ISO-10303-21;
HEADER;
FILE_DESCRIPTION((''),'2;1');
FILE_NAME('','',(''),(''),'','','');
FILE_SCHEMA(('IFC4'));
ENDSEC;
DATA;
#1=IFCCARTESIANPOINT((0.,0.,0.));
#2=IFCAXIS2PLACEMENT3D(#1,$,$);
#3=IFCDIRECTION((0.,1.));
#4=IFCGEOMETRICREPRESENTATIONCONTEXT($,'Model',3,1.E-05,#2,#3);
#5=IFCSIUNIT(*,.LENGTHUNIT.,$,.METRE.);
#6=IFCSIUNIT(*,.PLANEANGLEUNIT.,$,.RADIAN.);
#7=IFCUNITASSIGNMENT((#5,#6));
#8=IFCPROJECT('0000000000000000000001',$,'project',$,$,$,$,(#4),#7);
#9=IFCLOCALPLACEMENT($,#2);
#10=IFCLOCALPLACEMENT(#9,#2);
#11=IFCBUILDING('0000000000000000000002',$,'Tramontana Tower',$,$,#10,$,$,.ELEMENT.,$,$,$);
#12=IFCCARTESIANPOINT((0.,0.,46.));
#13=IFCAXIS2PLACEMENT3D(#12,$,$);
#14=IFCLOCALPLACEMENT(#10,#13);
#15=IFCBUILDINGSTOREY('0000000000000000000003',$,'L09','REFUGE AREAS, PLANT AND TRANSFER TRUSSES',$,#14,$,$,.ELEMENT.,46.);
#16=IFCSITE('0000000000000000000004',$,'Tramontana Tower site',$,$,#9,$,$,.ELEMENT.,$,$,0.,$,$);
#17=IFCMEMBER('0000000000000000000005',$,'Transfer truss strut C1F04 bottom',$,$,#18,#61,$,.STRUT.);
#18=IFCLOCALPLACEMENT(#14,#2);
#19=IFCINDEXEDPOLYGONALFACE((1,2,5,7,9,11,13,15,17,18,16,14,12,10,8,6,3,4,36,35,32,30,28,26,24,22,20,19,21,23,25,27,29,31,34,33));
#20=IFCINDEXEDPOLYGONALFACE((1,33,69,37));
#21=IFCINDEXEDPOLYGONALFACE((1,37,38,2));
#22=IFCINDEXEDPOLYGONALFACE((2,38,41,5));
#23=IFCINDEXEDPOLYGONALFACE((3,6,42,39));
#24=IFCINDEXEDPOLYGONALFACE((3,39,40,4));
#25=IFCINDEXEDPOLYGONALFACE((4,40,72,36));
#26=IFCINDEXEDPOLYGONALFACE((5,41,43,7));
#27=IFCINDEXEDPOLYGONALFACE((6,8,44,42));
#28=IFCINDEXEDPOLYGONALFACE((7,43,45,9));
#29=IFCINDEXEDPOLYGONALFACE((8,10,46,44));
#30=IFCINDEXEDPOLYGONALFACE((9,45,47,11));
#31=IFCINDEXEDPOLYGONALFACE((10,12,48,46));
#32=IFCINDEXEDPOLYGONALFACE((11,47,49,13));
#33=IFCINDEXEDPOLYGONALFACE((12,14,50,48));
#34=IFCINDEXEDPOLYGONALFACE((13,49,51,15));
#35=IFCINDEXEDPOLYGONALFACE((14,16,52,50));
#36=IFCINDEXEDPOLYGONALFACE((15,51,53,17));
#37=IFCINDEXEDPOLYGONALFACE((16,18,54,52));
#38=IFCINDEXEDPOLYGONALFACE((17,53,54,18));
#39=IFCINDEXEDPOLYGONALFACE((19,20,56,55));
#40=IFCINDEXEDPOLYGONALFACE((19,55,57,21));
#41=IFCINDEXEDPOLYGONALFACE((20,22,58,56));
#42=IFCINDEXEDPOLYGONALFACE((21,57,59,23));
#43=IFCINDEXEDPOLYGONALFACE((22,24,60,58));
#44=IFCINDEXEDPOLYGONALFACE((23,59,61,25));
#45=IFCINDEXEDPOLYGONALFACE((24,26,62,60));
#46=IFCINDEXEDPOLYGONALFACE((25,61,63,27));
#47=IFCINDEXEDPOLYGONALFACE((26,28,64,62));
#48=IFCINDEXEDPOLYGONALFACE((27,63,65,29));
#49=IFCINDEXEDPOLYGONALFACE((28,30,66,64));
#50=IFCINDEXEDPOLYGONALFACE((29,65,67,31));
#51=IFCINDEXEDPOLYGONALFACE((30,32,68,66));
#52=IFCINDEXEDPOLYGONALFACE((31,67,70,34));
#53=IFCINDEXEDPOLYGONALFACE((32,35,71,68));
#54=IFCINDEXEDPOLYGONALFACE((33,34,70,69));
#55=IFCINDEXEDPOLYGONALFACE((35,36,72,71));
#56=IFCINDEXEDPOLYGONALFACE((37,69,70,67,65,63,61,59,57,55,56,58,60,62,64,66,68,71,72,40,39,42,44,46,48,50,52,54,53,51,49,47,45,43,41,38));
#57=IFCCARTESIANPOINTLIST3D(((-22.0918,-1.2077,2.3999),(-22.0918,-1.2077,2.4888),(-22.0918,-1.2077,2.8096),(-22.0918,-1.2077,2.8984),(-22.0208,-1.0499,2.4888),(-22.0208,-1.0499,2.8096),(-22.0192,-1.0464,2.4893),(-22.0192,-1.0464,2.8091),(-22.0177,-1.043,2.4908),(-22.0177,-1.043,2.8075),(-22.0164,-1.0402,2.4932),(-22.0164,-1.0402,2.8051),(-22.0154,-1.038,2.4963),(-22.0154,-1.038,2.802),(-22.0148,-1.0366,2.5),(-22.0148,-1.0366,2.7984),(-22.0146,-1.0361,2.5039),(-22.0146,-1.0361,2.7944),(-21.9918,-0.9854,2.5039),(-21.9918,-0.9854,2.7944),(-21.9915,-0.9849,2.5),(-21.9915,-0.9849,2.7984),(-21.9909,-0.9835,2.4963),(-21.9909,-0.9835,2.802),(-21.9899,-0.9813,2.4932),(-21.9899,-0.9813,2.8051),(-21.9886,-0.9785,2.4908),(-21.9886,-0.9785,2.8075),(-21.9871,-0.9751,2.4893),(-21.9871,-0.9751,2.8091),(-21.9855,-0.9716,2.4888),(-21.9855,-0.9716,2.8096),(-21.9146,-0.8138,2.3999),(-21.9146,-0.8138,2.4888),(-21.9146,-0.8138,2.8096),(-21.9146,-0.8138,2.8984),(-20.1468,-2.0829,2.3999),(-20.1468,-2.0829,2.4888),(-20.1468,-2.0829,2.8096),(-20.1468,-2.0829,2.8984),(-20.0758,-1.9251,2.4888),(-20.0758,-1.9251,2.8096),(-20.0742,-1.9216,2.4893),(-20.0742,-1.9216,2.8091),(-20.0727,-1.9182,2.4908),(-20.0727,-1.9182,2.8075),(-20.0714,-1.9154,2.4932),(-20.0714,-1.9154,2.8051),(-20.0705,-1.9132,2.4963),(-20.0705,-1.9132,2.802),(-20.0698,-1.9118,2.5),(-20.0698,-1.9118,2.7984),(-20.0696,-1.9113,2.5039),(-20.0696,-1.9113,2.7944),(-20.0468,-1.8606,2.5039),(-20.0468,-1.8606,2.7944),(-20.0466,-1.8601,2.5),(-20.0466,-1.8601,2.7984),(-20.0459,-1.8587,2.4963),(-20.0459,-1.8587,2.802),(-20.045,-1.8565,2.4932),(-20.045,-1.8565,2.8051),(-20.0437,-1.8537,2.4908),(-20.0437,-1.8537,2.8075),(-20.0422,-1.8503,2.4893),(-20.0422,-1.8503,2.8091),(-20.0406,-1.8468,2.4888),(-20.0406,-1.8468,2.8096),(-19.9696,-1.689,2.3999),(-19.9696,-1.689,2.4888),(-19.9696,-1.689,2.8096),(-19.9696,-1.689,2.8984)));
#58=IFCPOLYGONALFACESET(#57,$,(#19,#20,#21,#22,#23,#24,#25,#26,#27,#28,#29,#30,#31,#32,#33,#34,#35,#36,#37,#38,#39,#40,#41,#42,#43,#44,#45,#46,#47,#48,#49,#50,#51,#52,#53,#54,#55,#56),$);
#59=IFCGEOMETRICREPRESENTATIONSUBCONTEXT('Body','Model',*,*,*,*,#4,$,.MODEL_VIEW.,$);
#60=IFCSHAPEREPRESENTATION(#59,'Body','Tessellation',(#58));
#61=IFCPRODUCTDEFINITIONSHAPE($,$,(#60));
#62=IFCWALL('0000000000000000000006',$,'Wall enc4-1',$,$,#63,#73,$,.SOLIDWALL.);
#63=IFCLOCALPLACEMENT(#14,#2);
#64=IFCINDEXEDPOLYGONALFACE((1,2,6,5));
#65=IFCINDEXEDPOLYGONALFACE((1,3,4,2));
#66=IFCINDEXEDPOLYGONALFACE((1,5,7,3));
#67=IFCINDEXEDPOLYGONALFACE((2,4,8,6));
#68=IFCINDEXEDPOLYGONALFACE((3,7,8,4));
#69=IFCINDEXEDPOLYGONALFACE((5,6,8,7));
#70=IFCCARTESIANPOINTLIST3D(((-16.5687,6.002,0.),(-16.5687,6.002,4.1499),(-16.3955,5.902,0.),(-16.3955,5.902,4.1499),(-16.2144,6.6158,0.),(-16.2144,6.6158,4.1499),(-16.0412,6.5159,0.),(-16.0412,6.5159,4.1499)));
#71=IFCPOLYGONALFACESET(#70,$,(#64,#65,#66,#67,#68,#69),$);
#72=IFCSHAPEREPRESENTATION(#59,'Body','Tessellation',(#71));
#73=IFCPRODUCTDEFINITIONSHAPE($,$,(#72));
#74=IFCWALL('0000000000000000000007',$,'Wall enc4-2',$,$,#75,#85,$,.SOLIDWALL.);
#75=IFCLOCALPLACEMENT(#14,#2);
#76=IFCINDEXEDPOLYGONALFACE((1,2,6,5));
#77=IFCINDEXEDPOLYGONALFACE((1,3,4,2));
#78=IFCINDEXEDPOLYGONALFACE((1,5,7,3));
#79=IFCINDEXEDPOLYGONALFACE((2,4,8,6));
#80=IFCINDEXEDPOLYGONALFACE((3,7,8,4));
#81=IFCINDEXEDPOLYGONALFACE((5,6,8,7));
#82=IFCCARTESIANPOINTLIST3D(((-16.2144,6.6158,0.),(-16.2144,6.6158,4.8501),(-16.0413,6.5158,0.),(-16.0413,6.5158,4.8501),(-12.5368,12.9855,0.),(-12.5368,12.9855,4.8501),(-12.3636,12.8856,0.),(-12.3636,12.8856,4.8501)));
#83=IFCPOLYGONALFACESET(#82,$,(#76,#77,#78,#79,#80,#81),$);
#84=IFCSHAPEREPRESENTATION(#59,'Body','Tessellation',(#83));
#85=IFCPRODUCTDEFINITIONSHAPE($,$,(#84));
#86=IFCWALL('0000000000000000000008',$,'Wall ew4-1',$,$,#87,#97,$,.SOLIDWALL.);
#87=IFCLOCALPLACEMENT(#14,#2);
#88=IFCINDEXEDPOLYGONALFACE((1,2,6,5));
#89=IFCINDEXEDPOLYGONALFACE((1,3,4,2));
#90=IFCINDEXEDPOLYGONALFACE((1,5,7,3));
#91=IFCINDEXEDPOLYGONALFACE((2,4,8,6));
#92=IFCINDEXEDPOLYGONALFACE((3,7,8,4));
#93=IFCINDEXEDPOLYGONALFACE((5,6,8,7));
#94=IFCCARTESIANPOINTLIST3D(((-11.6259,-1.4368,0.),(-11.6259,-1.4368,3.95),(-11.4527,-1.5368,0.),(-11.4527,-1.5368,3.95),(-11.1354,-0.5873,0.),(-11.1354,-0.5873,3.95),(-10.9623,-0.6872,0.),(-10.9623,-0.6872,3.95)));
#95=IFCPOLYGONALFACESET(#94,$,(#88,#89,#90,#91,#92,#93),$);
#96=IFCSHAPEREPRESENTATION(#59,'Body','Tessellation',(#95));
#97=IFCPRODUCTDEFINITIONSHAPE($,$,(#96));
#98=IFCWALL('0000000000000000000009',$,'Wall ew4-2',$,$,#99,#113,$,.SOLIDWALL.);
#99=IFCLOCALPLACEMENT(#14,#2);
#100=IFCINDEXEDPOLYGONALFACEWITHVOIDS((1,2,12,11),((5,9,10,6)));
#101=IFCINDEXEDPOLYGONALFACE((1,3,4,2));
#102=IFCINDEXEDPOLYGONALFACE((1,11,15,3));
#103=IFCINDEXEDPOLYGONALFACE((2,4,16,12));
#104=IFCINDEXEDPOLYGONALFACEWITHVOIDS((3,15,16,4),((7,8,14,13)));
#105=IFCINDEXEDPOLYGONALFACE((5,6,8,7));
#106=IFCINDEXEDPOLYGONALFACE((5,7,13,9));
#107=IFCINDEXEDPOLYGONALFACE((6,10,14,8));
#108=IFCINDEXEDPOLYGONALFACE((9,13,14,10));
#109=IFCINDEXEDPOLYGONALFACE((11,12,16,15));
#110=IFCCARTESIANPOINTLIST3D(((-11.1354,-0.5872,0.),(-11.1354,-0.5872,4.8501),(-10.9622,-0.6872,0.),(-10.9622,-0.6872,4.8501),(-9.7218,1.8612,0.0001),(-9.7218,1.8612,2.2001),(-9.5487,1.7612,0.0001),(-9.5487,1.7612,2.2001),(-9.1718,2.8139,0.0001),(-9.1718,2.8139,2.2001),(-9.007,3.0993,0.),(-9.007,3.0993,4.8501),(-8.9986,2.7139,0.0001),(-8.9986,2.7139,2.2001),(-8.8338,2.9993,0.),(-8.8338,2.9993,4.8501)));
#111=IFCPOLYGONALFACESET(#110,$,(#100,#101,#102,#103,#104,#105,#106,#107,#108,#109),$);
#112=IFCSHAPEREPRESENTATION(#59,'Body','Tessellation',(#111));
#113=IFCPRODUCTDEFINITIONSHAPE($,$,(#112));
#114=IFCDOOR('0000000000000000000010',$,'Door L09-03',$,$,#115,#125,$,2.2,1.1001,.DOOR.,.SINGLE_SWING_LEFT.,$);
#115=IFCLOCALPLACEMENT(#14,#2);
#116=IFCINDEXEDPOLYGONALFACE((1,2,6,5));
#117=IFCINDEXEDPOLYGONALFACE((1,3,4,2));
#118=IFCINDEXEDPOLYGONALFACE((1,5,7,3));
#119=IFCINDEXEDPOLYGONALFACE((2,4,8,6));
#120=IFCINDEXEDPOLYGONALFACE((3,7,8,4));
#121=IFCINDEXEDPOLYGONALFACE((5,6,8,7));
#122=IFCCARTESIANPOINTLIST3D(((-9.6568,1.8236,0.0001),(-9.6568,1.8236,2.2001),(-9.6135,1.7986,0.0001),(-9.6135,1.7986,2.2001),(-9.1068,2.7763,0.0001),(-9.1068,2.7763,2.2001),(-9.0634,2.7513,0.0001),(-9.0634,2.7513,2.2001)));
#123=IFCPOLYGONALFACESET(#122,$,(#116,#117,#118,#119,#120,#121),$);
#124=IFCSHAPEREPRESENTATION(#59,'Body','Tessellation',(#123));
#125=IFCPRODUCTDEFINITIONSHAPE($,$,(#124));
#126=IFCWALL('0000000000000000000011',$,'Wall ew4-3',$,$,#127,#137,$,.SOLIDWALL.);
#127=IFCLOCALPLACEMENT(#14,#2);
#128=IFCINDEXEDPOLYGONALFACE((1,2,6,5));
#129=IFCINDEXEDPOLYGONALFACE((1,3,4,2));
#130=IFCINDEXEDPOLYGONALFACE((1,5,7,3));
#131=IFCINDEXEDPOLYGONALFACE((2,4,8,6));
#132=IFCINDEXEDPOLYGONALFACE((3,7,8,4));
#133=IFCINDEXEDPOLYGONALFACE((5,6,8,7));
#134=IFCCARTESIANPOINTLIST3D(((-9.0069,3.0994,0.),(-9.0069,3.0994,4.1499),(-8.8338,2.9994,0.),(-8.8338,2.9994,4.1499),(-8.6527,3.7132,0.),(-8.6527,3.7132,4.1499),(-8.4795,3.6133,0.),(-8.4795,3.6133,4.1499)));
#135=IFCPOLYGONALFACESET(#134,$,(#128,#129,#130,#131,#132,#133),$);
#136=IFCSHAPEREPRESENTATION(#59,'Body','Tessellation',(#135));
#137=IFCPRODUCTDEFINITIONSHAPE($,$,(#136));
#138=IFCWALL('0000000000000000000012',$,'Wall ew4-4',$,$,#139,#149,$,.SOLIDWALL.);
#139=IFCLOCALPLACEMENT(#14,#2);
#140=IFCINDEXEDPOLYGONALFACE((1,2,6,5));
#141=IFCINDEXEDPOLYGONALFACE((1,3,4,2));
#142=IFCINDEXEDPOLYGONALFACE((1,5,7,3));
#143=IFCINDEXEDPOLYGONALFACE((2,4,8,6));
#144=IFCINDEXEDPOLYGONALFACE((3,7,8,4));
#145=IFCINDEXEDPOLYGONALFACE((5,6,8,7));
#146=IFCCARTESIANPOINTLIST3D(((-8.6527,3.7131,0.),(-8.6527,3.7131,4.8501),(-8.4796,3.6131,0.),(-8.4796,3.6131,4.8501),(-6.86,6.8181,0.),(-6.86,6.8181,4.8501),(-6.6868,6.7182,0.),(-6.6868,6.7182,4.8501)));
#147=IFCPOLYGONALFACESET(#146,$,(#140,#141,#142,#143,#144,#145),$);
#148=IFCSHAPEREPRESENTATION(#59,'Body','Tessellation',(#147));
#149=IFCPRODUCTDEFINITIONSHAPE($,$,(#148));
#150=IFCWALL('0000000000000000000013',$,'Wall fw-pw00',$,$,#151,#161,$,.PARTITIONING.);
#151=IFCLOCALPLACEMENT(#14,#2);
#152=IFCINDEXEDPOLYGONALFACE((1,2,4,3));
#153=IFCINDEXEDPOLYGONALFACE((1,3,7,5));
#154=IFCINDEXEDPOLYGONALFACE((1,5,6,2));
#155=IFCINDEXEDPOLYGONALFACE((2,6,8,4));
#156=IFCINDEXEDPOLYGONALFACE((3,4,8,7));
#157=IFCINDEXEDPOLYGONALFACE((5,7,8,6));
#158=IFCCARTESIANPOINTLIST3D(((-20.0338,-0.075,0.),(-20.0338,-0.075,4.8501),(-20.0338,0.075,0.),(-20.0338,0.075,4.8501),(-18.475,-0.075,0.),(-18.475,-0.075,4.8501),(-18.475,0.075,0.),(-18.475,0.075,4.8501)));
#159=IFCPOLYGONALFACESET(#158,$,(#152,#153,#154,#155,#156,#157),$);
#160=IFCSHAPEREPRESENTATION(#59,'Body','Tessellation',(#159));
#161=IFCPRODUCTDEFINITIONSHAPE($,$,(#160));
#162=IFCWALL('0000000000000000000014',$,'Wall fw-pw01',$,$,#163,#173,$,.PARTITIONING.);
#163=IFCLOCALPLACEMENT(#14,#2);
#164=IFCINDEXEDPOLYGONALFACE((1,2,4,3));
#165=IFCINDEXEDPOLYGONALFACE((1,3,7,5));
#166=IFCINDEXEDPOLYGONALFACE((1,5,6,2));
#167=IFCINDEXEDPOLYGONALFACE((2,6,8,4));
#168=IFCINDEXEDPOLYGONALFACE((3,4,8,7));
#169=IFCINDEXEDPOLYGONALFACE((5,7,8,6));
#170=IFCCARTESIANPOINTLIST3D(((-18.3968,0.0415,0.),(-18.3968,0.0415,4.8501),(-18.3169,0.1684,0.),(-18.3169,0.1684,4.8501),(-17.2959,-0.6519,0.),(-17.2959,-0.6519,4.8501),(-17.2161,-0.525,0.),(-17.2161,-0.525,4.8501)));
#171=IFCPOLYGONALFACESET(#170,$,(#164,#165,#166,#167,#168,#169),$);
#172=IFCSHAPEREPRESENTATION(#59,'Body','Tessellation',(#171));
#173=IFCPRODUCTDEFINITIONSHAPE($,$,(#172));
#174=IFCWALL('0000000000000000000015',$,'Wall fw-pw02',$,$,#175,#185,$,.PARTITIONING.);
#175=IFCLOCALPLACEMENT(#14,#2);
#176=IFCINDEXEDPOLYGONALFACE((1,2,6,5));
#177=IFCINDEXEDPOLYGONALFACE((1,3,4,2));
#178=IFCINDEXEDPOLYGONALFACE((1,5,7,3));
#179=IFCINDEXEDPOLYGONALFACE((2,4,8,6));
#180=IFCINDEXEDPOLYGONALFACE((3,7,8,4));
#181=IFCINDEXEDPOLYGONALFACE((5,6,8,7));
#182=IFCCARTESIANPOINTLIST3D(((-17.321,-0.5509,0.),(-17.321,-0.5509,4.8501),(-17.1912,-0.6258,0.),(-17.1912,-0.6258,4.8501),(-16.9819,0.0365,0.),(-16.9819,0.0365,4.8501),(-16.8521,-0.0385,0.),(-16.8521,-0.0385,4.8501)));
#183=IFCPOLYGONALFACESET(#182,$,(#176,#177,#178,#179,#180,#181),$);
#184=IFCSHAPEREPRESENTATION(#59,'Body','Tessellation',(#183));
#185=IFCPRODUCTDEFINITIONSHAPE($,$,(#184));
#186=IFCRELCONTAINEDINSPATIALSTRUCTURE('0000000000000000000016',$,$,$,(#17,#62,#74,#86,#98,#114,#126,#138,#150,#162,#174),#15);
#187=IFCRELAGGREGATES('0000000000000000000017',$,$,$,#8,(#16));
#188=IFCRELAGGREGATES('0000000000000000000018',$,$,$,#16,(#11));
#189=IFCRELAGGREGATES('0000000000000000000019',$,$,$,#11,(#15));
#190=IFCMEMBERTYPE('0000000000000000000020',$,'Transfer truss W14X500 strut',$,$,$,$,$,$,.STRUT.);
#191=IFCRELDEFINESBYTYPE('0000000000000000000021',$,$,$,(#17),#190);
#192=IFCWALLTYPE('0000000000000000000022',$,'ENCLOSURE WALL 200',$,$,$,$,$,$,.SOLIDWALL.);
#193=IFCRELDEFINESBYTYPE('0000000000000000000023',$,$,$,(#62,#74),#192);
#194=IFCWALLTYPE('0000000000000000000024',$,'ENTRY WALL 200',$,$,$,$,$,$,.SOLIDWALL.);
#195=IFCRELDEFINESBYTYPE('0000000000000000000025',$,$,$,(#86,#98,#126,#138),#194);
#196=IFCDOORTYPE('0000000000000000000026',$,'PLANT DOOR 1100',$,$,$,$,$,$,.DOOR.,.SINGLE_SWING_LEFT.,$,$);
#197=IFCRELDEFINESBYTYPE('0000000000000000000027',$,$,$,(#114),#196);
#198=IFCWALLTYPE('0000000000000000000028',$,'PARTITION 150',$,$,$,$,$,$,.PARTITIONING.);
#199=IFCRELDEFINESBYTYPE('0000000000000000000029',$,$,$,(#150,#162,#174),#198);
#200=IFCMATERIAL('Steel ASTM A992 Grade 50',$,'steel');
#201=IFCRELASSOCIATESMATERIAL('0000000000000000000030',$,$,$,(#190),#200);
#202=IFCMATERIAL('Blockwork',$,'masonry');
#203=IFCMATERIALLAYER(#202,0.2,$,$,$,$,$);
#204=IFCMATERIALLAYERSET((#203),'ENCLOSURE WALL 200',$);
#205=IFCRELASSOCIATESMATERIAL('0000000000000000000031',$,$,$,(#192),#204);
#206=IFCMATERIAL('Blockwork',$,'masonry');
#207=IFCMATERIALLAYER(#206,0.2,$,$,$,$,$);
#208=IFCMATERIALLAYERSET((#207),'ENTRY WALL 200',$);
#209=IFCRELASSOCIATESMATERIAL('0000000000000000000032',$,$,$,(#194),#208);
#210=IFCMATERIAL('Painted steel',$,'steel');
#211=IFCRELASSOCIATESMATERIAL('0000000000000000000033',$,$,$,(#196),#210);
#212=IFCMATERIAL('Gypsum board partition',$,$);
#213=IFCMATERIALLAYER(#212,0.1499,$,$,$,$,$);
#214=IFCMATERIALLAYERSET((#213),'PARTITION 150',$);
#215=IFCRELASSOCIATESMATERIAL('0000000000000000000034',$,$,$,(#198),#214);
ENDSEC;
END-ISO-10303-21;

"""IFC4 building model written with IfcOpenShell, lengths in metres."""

from ifc_helpers import new_model, si_unit, direction, frame, frame_2d, origin, origin_2d, place, context, subcontext, project, spatial, rectangle, i_section, extrude, material, layer, layer_set, material_profile, profile_set, type_object, element, fill, save


model = new_model("IFC4")

# Units and contexts
model_context = context("Model", 3, precision=1e-05, world=origin(), true_north=direction((0.0, 1.0)))
body_context = subcontext(model_context, "Body", "Model", "MODEL_VIEW")
ifc_project = project(units=[si_unit("LENGTHUNIT", "METRE"), si_unit("PLANEANGLEUNIT", "RADIAN")], contexts=[model_context])

# Site, building, storey
site_placement = place(None, origin())
site = spatial("IfcSite", under=ifc_project, at=site_placement, Name="Tramontana Tower site", CompositionType="ELEMENT", RefElevation=0.0)
building_placement = place(site_placement, origin())
building = spatial("IfcBuilding", under=site, at=building_placement, Name="Tramontana Tower", CompositionType="ELEMENT")
storey_placement = place(building_placement, frame((0.0, 0.0, 46.0)))
storey = spatial("IfcBuildingStorey", under=building, at=storey_placement, Name="L09", Description="REFUGE AREAS, PLANT AND TRANSFER TRUSSES", CompositionType="ELEMENT", Elevation=46.0)

# Member
ifc_material_1 = material(Name="Steel ASTM A992 Grade 50", Category="steel")
ifc_material_profile_1 = material_profile(ifc_material_1, i_section(OverallWidth=0.4319, OverallDepth=0.4985, WebThickness=0.0557, FlangeThickness=0.0889, FilletRadius=0.0151, at=origin_2d()), Name="W14X500")
ifc_profile_set_1 = profile_set([ifc_material_profile_1], Name="Steel ASTM A992 Grade 50")
member_type_1 = type_object("IfcMemberType", Name="Transfer truss W14X500 strut", PredefinedType="STRUT", material=ifc_profile_set_1)
member_1_placement = place(storey_placement, frame((-22.0032, -1.0107, 2.6492), z_axis=(0.911928, -0.41035, 0.0), x_axis=(0.41035, 0.911928, 0.0)))
element("IfcMember", 1, at=member_1_placement, inside=storey, type_object=member_type_1, Name="Transfer truss strut C1F04 bottom", PredefinedType="STRUT", context=body_context, shape_type="SweptSolid", body=[
    extrude(i_section(OverallWidth=0.4319, OverallDepth=0.4985, WebThickness=0.0557, FlangeThickness=0.0889, FilletRadius=0.0151, at=origin_2d()), origin(), (0.0, 0.0, 1.0), 2.1328),
])

# Walls
ifc_material_2 = material(Name="Blockwork", Category="masonry")
ifc_layer_1 = layer(ifc_material_2, 0.2)
ifc_layer_set_1 = layer_set([ifc_layer_1], Name="ENCLOSURE WALL 200")
wall_type_1 = type_object("IfcWallType", Name="ENCLOSURE WALL 200", PredefinedType="SOLIDWALL", material=ifc_layer_set_1)
wall_1_placement = place(storey_placement, frame((-16.4822, 5.9519, 0.0), z_axis=(0.0, 0.0, 1.0), x_axis=(0.499882, 0.866094, 0.0)))
element("IfcWall", 2, at=wall_1_placement, inside=storey, type_object=wall_type_1, Name="Wall enc4-1", PredefinedType="SOLIDWALL", context=body_context, shape_type="SweptSolid", body=[
    extrude(rectangle(XDim=0.7087, YDim=0.2, at=frame_2d((0.3545, 0.0))), origin(), (0.0, 0.0, 1.0), 4.1499),
])
wall_2_placement = place(storey_placement, frame((-16.1279, 6.5657, 0.0), z_axis=(0.0, 0.0, 1.0), x_axis=(0.500009, 0.86602, 0.0)))
element("IfcWall", 3, at=wall_2_placement, inside=storey, type_object=wall_type_1, Name="Wall enc4-2", PredefinedType="SOLIDWALL", context=body_context, shape_type="SweptSolid", body=[
    extrude(rectangle(XDim=7.3552, YDim=0.2, at=frame_2d((3.6777, 0.0))), origin(), (0.0, 0.0, 1.0), 4.8501),
])
ifc_material_3 = material(Name="Blockwork", Category="masonry")
ifc_layer_2 = layer(ifc_material_3, 0.2)
ifc_layer_set_2 = layer_set([ifc_layer_2], Name="ENTRY WALL 200")
wall_type_2 = type_object("IfcWallType", Name="ENTRY WALL 200", PredefinedType="SOLIDWALL", material=ifc_layer_set_2)
wall_3_placement = place(storey_placement, frame((-11.5393, -1.4868, 0.0), z_axis=(0.0, 0.0, 1.0), x_axis=(0.499967, 0.866045, 0.0)))
element("IfcWall", 4, at=wall_3_placement, inside=storey, type_object=wall_type_2, Name="Wall ew4-1", PredefinedType="SOLIDWALL", context=body_context, shape_type="SweptSolid", body=[
    extrude(rectangle(XDim=0.981, YDim=0.2, at=frame_2d((0.4905, 0.0))), origin(), (0.0, 0.0, 1.0), 3.95),
])

# Wall, opening, door
wall_4_placement = place(storey_placement, frame((-11.0488, -0.6372, 0.0), z_axis=(0.0, 0.0, 1.0), x_axis=(0.5, 0.866025, 0.0)))
wall_4 = element("IfcWall", 5, at=wall_4_placement, inside=storey, type_object=wall_type_2, Name="Wall ew4-2", PredefinedType="SOLIDWALL", context=body_context, shape_type="SweptSolid", body=[
    extrude(rectangle(XDim=4.2568, YDim=0.2, at=frame_2d((2.1284, 0.0))), origin(), (0.0, 0.0, 1.0), 4.8501),
])
opening_placement = place(wall_4_placement, frame((2.8271, 0.0, 0.0)))
opening = element("IfcOpeningElement", 6, at=opening_placement, cuts=wall_4, PredefinedType="OPENING", context=body_context, shape_type="SweptSolid", body=[
    extrude(rectangle(XDim=1.1001, YDim=2.2, at=frame_2d((0.55, 1.1001))), frame((0.0, 0.1099, 0.0), z_axis=(0.0, -1.0, 0.0), x_axis=(1.0, 0.0, 0.0)), (0.0, 0.0, 1.0), 0.22),
])
ifc_material_4 = material(Name="Painted steel", Category="steel")
door_type = type_object("IfcDoorType", Name="PLANT DOOR 1100", OperationType="SINGLE_SWING_LEFT", PredefinedType="DOOR", material=ifc_material_4)
door_placement = place(opening_placement, origin())
door = element("IfcDoor", 7, at=door_placement, inside=storey, type_object=door_type, Name="Door L09-03", OperationType="SINGLE_SWING_LEFT", OverallHeight=2.2, OverallWidth=1.1001, PredefinedType="DOOR", context=body_context, shape_type="SweptSolid", body=[
    extrude(rectangle(XDim=1.1001, YDim=2.2, at=frame_2d((0.55, 1.1001))), frame((0.0, 0.0249, 0.0), z_axis=(0.0, -1.0, 0.0), x_axis=(1.0, 0.0, 0.0)), (0.0, 0.0, 1.0), 0.05),
])
fill(opening, door)

# Walls
wall_5_placement = place(storey_placement, frame((-8.9204, 3.0493, 0.0), z_axis=(0.0, 0.0, 1.0), x_axis=(0.499882, 0.866094, 0.0)))
element("IfcWall", 8, at=wall_5_placement, inside=storey, type_object=wall_type_2, Name="Wall ew4-3", PredefinedType="SOLIDWALL", context=body_context, shape_type="SweptSolid", body=[
    extrude(rectangle(XDim=0.7087, YDim=0.2, at=frame_2d((0.3545, 0.0))), origin(), (0.0, 0.0, 1.0), 4.1499),
])
wall_6_placement = place(storey_placement, frame((-8.5662, 3.6631, 0.0), z_axis=(0.0, 0.0, 1.0), x_axis=(0.500013, 0.866018, 0.0)))
element("IfcWall", 9, at=wall_6_placement, inside=storey, type_object=wall_type_2, Name="Wall ew4-4", PredefinedType="SOLIDWALL", context=body_context, shape_type="SweptSolid", body=[
    extrude(rectangle(XDim=3.5854, YDim=0.2, at=frame_2d((1.7927, 0.0))), origin(), (0.0, 0.0, 1.0), 4.8501),
])
ifc_material_5 = material(Name="Gypsum board partition")
ifc_layer_3 = layer(ifc_material_5, 0.1499)
ifc_layer_set_3 = layer_set([ifc_layer_3], Name="PARTITION 150")
wall_type_3 = type_object("IfcWallType", Name="PARTITION 150", PredefinedType="PARTITIONING", material=ifc_layer_set_3)
wall_7_placement = place(storey_placement, frame((-18.4751, 0.0, 0.0), z_axis=(0.0, 0.0, 1.0), x_axis=(-1.0, 0.0, 0.0)))
element("IfcWall", 10, at=wall_7_placement, inside=storey, type_object=wall_type_3, Name="Wall fw-pw00", PredefinedType="PARTITIONING", context=body_context, shape_type="SweptSolid", body=[
    extrude(rectangle(XDim=1.5588, YDim=0.1499, at=frame_2d((0.7793, 0.0))), origin(), (0.0, 0.0, 1.0), 4.8501),
])
wall_8_placement = place(storey_placement, frame((-17.2561, -0.5884, 0.0), z_axis=(0.0, 0.0, 1.0), x_axis=(-0.846148, 0.532948, 0.0)))
element("IfcWall", 11, at=wall_8_placement, inside=storey, type_object=wall_type_3, Name="Wall fw-pw01", PredefinedType="PARTITIONING", context=body_context, shape_type="SweptSolid", body=[
    extrude(rectangle(XDim=1.301, YDim=0.1499, at=frame_2d((0.6504, 0.0))), origin(), (0.0, 0.0, 1.0), 4.8501),
])
wall_9_placement = place(storey_placement, frame((-16.917, -0.001, 0.0), z_axis=(0.0, 0.0, 1.0), x_axis=(-0.499972, -0.866042, 0.0)))
element("IfcWall", 12, at=wall_9_placement, inside=storey, type_object=wall_type_3, Name="Wall fw-pw02", PredefinedType="PARTITIONING", context=body_context, shape_type="SweptSolid", body=[
    extrude(rectangle(XDim=0.6782, YDim=0.1499, at=frame_2d((0.3391, 0.0))), origin(), (0.0, 0.0, 1.0), 4.8501),
])

save(model, "model.ifc")
